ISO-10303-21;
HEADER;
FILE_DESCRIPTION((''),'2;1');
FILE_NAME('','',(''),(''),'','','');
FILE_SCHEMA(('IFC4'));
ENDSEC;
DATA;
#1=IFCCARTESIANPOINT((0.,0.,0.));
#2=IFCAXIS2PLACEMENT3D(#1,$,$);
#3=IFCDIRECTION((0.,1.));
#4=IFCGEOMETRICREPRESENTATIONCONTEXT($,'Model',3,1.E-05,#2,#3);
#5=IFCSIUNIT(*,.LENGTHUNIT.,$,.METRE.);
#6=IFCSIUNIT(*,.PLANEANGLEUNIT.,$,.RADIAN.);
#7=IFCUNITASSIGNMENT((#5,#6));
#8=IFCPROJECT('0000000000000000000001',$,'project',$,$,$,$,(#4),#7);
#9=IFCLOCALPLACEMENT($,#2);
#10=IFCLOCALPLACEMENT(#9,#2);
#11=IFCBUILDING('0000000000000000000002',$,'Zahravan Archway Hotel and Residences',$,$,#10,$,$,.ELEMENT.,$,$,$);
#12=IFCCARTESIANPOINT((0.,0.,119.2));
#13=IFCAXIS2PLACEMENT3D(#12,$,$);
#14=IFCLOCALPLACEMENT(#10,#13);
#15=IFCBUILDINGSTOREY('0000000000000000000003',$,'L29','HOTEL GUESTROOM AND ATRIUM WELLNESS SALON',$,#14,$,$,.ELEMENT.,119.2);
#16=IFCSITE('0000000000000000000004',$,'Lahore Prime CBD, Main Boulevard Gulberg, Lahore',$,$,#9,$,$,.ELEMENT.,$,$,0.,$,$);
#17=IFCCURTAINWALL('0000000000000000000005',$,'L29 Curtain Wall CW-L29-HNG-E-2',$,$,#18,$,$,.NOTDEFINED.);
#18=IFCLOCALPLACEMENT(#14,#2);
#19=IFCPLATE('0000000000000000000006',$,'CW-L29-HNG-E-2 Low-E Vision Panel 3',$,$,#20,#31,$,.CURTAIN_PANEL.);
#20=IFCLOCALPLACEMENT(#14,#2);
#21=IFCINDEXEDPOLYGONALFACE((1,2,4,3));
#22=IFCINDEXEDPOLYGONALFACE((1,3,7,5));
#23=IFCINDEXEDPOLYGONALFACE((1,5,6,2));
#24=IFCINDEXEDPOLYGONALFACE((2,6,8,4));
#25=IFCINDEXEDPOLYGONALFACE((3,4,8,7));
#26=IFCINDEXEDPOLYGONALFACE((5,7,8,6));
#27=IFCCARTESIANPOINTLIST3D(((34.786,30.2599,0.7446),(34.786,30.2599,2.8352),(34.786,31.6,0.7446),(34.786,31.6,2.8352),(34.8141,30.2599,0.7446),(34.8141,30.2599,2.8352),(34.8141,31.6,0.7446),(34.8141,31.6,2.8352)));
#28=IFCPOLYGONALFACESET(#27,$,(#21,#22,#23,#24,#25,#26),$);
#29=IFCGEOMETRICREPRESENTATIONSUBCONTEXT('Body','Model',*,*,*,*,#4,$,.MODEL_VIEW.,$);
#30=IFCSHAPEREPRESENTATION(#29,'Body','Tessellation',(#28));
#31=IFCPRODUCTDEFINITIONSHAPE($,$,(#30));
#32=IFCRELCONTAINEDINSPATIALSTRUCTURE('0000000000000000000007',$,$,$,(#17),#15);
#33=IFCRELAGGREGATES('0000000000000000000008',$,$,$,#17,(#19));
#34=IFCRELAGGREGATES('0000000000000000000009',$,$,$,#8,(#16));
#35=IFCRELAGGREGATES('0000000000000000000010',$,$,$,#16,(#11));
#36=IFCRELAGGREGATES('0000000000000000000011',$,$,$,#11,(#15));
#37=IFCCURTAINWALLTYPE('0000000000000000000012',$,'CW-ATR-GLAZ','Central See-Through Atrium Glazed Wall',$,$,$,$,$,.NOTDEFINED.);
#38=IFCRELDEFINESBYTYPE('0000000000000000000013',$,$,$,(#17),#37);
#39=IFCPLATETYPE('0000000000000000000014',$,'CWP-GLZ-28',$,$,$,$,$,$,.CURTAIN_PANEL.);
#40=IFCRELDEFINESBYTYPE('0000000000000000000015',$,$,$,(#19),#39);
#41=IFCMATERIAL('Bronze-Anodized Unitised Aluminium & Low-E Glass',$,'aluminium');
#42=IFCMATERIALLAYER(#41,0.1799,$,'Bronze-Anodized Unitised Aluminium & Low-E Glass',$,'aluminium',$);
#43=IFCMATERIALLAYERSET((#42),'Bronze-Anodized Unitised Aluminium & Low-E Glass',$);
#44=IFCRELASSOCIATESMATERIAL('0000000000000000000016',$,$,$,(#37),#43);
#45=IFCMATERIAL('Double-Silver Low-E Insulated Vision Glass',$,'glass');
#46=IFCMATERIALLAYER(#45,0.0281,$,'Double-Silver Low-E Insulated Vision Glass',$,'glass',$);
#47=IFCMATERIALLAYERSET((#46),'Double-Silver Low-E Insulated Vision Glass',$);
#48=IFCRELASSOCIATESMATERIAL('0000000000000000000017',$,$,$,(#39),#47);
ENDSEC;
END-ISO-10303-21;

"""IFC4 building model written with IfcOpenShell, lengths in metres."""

from ifc_helpers import new_model, si_unit, direction, frame, origin, origin_2d, place, context, subcontext, project, spatial, rectangle, extrude, source, transform, mapped, material, layer, layer_set, type_object, element, aggregate, save


model = new_model("IFC4")

# Units and contexts
model_context = context("Model", 3, precision=1e-05, world=origin(), true_north=direction((0.0, 1.0)))
body_context = subcontext(model_context, "Body", "Model", "MODEL_VIEW")
ifc_project = project(units=[si_unit("LENGTHUNIT", "METRE"), si_unit("PLANEANGLEUNIT", "RADIAN")], contexts=[model_context])

# Site, building, storey
site_placement = place(None, origin())
site = spatial("IfcSite", under=ifc_project, at=site_placement, Name="Lahore Prime CBD, Main Boulevard Gulberg, Lahore", CompositionType="ELEMENT", RefElevation=0.0)
building_placement = place(site_placement, origin())
building = spatial("IfcBuilding", under=site, at=building_placement, Name="Zahravan Archway Hotel and Residences", CompositionType="ELEMENT")
storey_placement = place(building_placement, frame((0.0, 0.0, 119.2)))
storey = spatial("IfcBuildingStorey", under=building, at=storey_placement, Name="L29", Description="HOTEL GUESTROOM AND ATRIUM WELLNESS SALON", CompositionType="ELEMENT", Elevation=119.2)

# Curtain wall
ifc_material_1 = material(Name="Bronze-Anodized Unitised Aluminium & Low-E Glass", Category="aluminium")
ifc_layer_1 = layer(ifc_material_1, 0.1799, Name="Bronze-Anodized Unitised Aluminium & Low-E Glass", Category="aluminium")
ifc_layer_set_1 = layer_set([ifc_layer_1], Name="Bronze-Anodized Unitised Aluminium & Low-E Glass")
curtain_wall_type = type_object("IfcCurtainWallType", Name="CW-ATR-GLAZ", Description="Central See-Through Atrium Glazed Wall", PredefinedType="NOTDEFINED", material=ifc_layer_set_1)
curtain_wall_1_placement = place(storey_placement, origin())
curtain_wall_1 = element("IfcCurtainWall", 1, at=curtain_wall_1_placement, inside=storey, type_object=curtain_wall_type, Name="L29 Curtain Wall CW-L29-HNG-E-2", PredefinedType="NOTDEFINED")

# Plate
ifc_material_2 = material(Name="Double-Silver Low-E Insulated Vision Glass", Category="glass")
ifc_layer_2 = layer(ifc_material_2, 0.0281, Name="Double-Silver Low-E Insulated Vision Glass", Category="glass")
ifc_layer_set_2 = layer_set([ifc_layer_2], Name="Double-Silver Low-E Insulated Vision Glass")
plate_type_1 = type_object("IfcPlateType", Name="CWP-GLZ-28", PredefinedType="CURTAIN_PANEL", material=ifc_layer_set_2)
shared_shape_1 = source(origin(), body_context, "Body", "SweptSolid", [
    extrude(rectangle(XDim=1.3401, YDim=0.0281, at=origin_2d()), origin(), (0.0, 0.0, 1.0), 2.0906),
])
plate_1_placement = place(storey_placement, frame((34.8, 30.9299, 0.7446), z_axis=(0.0, 0.0, 1.0), x_axis=(0.0, 1.0, 0.0)))
plate_1 = element("IfcPlate", 2, at=plate_1_placement, type_object=plate_type_1, Name="CW-L29-HNG-E-2 Low-E Vision Panel 3", PredefinedType="CURTAIN_PANEL", context=body_context, shape_type="MappedRepresentation", body=[
    mapped(shared_shape_1, transform((0.0, 0.0, 0.0), scale=1.0)),
])
aggregate(curtain_wall_1, [plate_1])

save(model, "model.ifc")
